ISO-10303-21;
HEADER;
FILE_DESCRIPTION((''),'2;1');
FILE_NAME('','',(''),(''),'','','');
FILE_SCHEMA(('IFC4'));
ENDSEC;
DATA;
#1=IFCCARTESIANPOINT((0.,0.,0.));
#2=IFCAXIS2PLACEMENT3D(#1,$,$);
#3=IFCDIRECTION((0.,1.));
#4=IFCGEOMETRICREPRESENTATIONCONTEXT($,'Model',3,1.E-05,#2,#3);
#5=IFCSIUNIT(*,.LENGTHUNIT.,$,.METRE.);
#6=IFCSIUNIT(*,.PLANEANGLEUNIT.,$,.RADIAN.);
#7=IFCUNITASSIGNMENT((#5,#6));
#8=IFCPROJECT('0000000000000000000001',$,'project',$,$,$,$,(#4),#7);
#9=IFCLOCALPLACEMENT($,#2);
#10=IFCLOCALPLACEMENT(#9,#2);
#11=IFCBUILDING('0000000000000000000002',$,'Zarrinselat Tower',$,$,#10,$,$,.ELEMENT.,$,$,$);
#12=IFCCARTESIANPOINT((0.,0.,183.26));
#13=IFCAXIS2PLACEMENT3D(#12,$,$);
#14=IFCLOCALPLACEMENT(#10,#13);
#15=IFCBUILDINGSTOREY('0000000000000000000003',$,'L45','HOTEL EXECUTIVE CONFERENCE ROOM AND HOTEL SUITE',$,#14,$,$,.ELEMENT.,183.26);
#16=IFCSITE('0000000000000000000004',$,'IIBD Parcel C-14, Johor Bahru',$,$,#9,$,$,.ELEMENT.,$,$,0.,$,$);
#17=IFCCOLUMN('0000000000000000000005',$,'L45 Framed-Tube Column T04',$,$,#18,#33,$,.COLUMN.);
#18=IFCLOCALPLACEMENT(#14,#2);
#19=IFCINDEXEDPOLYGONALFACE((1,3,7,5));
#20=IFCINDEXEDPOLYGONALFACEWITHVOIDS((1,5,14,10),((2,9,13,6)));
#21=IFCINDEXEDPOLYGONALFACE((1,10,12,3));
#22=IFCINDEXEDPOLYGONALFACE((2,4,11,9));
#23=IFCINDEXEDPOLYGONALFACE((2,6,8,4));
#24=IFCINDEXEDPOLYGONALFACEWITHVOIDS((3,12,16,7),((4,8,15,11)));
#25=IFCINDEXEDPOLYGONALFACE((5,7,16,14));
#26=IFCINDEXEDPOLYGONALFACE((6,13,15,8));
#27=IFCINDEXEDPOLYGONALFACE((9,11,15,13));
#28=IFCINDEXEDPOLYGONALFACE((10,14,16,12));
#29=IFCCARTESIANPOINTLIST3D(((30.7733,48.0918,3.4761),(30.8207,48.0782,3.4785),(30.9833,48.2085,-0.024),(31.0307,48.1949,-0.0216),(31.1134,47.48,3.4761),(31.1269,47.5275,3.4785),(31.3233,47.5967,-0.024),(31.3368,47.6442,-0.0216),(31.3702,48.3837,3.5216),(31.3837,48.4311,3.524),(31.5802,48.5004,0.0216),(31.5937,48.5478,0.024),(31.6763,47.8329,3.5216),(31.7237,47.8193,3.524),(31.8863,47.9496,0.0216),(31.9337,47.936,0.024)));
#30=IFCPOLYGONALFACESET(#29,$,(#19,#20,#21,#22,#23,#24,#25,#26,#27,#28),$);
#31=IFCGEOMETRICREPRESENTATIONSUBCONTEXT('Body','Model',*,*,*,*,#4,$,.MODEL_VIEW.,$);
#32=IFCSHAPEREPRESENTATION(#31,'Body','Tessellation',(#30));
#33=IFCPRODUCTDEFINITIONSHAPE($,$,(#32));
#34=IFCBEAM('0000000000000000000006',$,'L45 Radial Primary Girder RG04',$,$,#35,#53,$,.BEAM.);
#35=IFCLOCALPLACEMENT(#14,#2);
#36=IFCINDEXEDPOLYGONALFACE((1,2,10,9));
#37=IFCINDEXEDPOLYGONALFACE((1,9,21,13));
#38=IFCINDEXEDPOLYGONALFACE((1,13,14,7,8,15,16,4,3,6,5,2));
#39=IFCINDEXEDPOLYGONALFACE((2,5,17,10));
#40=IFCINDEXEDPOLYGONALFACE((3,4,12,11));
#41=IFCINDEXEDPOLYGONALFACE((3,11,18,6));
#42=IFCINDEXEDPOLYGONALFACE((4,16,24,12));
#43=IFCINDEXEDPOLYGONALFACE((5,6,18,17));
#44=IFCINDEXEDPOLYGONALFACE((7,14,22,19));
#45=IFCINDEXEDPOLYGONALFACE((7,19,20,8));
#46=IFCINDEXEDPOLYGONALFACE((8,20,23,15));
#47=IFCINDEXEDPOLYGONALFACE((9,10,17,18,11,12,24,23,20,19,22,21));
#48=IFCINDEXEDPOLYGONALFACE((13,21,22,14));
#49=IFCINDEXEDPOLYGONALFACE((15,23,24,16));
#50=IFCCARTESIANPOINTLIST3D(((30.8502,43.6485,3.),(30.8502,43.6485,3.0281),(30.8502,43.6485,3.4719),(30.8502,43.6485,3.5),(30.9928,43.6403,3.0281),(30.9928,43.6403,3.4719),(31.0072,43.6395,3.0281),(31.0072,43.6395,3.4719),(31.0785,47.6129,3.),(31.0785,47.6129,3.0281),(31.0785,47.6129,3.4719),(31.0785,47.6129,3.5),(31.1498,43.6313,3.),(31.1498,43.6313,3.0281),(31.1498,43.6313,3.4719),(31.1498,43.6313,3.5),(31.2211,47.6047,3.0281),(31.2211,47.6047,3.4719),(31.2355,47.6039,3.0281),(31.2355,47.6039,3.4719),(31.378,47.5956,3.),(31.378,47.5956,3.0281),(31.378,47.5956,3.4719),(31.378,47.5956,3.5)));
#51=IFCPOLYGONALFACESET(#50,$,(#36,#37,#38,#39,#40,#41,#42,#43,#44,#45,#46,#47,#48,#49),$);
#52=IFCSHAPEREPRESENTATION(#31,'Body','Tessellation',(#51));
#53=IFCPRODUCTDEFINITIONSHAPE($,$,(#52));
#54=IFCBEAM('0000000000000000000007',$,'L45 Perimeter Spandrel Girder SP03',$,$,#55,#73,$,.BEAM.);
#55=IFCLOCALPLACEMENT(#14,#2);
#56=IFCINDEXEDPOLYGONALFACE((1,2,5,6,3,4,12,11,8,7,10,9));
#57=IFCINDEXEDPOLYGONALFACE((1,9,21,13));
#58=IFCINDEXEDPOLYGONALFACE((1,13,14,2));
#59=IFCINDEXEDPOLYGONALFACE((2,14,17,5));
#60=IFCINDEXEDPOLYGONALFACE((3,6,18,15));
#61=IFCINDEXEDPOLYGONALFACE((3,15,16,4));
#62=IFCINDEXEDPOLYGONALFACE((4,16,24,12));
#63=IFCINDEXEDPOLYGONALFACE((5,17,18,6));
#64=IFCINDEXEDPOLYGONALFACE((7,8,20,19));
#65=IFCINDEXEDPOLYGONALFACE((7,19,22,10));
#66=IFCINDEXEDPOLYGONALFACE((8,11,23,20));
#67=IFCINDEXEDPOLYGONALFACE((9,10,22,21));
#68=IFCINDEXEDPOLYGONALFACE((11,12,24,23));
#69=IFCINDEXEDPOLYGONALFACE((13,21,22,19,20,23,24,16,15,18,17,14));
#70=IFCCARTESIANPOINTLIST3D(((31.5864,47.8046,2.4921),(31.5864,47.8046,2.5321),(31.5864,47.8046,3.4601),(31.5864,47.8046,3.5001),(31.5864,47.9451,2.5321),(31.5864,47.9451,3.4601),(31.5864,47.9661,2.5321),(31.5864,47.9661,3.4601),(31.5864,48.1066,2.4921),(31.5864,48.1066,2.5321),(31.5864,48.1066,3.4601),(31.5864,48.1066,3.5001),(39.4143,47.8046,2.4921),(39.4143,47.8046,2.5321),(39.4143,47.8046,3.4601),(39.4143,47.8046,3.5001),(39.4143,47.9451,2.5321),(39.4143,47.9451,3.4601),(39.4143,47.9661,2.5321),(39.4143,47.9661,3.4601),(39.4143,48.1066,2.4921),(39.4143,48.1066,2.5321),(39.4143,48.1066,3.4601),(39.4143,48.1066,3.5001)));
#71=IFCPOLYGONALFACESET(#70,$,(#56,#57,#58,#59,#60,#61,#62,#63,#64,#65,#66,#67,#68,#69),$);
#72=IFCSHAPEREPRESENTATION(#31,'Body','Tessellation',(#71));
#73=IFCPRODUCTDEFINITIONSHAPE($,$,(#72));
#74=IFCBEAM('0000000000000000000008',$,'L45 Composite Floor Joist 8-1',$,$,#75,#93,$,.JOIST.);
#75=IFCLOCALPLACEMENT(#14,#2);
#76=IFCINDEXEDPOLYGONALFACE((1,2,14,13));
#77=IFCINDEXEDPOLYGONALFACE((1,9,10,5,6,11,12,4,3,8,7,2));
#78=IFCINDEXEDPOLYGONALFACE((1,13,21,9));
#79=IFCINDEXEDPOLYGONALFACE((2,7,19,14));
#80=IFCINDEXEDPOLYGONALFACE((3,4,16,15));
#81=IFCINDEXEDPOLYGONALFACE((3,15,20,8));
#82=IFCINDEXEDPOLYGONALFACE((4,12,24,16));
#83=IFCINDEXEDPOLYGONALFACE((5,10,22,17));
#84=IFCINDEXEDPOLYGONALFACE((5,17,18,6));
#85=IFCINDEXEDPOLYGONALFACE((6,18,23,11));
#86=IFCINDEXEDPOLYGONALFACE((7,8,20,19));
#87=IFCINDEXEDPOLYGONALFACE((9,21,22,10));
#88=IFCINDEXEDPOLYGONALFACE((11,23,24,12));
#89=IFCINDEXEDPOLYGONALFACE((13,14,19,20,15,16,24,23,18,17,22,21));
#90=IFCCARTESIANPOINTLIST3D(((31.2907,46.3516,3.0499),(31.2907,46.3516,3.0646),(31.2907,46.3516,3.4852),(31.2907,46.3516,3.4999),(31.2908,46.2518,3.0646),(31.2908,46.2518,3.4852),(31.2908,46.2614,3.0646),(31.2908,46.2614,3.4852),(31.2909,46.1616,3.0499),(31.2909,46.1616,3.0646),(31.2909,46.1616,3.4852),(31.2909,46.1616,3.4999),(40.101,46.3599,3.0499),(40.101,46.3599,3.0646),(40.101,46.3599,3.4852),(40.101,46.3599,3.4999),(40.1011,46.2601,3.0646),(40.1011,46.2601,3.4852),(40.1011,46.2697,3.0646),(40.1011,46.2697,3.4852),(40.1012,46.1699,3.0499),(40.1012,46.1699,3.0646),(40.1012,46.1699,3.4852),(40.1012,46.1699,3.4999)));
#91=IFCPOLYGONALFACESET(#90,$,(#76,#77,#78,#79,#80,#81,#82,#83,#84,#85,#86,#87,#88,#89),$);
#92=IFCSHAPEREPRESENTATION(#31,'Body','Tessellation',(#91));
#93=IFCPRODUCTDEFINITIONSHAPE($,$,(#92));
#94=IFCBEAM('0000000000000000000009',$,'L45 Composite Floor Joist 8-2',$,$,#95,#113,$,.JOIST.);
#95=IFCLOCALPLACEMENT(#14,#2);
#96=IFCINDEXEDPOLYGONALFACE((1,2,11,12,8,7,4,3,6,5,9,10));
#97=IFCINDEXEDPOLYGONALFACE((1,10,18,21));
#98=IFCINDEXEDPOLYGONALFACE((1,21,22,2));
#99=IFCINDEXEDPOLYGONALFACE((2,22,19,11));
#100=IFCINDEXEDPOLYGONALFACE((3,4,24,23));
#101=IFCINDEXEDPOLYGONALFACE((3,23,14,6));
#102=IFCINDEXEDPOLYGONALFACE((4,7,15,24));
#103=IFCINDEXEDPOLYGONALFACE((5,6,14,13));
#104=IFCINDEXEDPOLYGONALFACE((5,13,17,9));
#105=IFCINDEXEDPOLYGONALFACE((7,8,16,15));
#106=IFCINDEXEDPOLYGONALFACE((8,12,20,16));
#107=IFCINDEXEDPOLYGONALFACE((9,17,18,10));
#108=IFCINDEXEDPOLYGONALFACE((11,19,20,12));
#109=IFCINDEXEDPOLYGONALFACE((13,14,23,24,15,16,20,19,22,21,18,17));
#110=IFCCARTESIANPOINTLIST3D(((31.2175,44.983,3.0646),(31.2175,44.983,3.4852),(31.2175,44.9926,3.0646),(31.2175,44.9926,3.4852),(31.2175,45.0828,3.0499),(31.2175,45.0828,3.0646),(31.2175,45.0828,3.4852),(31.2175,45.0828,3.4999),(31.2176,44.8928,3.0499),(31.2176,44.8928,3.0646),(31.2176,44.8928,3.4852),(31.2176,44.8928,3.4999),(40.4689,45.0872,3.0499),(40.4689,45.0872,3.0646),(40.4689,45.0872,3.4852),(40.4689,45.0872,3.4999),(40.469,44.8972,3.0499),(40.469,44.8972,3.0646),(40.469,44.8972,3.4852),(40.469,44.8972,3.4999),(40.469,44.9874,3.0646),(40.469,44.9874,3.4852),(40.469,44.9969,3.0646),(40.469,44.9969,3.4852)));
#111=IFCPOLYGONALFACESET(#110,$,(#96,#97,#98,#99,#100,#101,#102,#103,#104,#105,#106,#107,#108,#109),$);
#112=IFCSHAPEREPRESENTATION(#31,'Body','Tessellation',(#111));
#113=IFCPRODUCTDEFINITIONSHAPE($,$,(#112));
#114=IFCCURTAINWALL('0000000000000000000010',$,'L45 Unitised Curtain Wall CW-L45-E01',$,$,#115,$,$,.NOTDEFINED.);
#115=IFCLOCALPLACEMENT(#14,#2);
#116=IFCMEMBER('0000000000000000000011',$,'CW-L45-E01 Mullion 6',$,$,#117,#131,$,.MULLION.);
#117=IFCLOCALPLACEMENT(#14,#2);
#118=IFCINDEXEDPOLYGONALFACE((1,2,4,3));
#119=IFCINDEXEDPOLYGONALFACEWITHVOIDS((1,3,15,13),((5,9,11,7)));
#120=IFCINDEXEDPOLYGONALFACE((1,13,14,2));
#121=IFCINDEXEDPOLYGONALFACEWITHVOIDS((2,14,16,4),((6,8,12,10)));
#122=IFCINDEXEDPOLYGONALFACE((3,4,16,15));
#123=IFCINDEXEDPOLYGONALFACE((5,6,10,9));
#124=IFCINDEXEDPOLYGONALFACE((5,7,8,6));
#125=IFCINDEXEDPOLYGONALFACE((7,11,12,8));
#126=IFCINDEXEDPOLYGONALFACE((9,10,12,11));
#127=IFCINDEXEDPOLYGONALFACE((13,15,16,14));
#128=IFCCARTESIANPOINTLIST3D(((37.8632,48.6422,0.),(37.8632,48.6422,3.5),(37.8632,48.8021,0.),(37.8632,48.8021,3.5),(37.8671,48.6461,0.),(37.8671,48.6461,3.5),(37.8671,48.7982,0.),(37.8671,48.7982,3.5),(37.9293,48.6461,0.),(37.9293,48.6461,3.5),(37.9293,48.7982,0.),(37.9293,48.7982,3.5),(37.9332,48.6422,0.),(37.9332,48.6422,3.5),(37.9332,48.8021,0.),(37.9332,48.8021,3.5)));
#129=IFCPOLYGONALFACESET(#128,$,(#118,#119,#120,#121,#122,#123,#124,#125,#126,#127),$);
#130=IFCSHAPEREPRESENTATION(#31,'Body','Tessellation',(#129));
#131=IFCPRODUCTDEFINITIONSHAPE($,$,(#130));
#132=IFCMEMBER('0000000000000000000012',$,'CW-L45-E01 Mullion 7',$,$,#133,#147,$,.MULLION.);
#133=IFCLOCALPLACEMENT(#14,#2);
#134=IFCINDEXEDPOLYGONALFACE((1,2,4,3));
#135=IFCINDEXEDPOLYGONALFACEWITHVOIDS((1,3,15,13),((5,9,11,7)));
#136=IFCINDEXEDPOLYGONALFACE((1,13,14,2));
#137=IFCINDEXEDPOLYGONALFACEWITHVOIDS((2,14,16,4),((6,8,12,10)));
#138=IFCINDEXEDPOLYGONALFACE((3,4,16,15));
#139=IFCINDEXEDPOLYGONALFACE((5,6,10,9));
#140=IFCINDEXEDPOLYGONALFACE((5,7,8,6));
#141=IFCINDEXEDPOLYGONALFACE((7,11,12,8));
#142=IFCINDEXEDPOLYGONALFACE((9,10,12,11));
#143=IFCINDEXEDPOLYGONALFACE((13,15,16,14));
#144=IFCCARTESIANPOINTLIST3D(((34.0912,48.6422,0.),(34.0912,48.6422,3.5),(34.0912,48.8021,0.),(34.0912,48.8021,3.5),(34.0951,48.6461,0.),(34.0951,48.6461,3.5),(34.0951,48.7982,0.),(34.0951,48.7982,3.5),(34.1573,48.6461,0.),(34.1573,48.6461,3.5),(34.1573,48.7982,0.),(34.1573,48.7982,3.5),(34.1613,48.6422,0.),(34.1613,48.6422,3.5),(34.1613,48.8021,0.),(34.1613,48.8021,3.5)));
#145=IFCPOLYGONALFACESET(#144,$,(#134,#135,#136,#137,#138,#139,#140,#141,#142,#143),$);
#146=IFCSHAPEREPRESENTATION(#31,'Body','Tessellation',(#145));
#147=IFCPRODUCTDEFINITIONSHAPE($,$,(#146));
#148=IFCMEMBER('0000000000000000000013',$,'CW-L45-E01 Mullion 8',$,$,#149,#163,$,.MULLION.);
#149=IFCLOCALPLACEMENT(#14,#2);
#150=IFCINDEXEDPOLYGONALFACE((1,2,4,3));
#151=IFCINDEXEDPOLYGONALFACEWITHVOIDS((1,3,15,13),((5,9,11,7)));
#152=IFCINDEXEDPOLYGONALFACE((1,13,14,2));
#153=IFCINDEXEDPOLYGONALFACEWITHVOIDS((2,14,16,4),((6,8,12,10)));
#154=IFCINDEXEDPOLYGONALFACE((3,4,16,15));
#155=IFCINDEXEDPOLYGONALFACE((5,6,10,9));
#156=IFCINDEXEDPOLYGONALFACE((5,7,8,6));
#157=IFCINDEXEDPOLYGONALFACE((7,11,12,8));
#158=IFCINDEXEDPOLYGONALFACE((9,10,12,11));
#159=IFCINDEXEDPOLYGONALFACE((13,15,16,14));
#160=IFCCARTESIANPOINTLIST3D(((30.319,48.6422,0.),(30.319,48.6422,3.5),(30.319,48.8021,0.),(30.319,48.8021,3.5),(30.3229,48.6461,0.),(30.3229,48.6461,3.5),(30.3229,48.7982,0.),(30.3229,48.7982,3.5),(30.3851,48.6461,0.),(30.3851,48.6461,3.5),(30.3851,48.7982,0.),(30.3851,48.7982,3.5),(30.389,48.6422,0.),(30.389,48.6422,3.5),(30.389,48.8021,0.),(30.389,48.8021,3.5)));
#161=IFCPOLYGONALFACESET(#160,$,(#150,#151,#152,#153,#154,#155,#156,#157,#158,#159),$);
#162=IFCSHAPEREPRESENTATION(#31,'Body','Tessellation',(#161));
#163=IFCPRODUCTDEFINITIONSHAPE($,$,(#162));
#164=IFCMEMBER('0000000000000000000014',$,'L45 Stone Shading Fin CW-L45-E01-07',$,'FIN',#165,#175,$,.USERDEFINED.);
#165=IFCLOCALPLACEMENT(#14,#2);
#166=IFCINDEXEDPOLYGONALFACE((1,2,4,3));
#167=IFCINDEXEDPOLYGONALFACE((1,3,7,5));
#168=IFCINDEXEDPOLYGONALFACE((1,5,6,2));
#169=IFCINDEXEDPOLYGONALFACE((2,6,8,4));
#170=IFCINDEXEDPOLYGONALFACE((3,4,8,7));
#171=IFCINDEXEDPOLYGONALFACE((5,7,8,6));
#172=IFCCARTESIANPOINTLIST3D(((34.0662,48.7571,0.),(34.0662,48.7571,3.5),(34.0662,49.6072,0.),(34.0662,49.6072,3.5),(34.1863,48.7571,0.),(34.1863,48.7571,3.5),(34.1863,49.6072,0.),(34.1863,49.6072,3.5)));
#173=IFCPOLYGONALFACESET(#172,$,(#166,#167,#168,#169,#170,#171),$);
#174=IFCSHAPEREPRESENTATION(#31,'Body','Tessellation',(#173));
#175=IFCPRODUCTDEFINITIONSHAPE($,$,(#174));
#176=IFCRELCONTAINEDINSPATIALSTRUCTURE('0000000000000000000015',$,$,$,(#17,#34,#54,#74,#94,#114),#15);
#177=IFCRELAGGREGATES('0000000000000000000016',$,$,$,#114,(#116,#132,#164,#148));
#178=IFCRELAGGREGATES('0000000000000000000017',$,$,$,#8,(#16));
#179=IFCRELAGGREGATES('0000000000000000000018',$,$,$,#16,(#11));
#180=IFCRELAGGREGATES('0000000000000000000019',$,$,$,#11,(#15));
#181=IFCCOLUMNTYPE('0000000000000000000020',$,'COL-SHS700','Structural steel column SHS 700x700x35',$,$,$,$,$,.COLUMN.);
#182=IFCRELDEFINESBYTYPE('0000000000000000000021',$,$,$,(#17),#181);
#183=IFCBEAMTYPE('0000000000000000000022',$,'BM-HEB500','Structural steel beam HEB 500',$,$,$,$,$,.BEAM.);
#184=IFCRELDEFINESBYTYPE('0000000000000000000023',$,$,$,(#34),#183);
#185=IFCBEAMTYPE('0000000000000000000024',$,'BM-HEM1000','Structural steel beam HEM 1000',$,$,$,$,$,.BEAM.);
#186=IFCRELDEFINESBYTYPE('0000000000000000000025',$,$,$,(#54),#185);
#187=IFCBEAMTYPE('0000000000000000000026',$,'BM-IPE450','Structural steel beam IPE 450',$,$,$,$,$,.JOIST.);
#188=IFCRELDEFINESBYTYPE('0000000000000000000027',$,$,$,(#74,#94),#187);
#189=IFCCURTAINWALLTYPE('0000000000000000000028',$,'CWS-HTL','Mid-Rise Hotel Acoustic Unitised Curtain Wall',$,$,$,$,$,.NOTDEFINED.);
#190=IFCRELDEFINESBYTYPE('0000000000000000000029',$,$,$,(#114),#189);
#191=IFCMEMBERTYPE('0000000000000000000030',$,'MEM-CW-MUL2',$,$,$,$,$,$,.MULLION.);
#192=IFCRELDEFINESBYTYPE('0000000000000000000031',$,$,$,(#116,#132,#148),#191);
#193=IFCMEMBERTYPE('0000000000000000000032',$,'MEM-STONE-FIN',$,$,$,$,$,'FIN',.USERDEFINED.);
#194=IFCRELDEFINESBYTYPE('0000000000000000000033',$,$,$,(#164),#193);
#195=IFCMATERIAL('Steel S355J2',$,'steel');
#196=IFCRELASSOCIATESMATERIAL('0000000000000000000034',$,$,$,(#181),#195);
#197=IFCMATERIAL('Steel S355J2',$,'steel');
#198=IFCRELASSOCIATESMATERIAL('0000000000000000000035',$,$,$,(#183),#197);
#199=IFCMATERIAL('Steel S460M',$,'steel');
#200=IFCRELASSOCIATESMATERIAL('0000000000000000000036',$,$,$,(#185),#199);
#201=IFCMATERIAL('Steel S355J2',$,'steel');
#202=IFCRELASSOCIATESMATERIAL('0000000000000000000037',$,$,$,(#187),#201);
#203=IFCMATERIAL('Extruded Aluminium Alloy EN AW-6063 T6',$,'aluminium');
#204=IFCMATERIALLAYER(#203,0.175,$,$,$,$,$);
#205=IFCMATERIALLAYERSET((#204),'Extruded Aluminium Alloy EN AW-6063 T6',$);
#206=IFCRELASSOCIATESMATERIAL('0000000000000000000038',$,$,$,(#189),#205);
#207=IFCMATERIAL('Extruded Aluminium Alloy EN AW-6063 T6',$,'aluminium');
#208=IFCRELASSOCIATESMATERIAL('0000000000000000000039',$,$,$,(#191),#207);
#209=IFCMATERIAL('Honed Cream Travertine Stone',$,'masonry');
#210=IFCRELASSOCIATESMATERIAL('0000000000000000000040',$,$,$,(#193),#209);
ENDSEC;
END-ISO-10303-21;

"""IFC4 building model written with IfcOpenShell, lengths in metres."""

from ifc_helpers import new_model, si_unit, direction, frame, origin, origin_2d, place, context, subcontext, project, spatial, rectangle, hollow_rectangle, i_section, extrude, material, layer, layer_set, material_profile, profile_set, type_object, element, aggregate, save


model = new_model("IFC4")

# Units and contexts
model_context = context("Model", 3, precision=1e-05, world=origin(), true_north=direction((0.0, 1.0)))
body_context = subcontext(model_context, "Body", "Model", "MODEL_VIEW")
ifc_project = project(units=[si_unit("LENGTHUNIT", "METRE"), si_unit("PLANEANGLEUNIT", "RADIAN")], contexts=[model_context])

# Site, building, storey
site_placement = place(None, origin())
site = spatial("IfcSite", under=ifc_project, at=site_placement, Name="IIBD Parcel C-14, Johor Bahru", CompositionType="ELEMENT", RefElevation=0.0)
building_placement = place(site_placement, origin())
building = spatial("IfcBuilding", under=site, at=building_placement, Name="Zarrinselat Tower", CompositionType="ELEMENT")
storey_placement = place(building_placement, frame((0.0, 0.0, 183.26)))
storey = spatial("IfcBuildingStorey", under=building, at=storey_placement, Name="L45", Description="HOTEL EXECUTIVE CONFERENCE ROOM AND HOTEL SUITE", CompositionType="ELEMENT", Elevation=183.26)

# Column
ifc_material_1 = material(Name="Steel S355J2", Category="steel")
ifc_material_profile_1 = material_profile(ifc_material_1, hollow_rectangle(XDim=0.7, YDim=0.7, WallThickness=0.0349, at=origin_2d()), Name="SHS 700x700x35")
ifc_profile_set_1 = profile_set([ifc_material_profile_1], Name="Steel S355J2")
column_type = type_object("IfcColumnType", Name="COL-SHS700", Description="Structural steel column SHS 700x700x35", PredefinedType="COLUMN", material=ifc_profile_set_1)
column_placement = place(storey_placement, frame((31.4585, 48.0723, 0.0), z_axis=(-0.059848, -0.033264, 0.997653), x_axis=(0.485816, -0.874061, 0.0)))
element("IfcColumn", 1, at=column_placement, inside=storey, type_object=column_type, Name="L45 Framed-Tube Column T04", PredefinedType="COLUMN", context=body_context, shape_type="SweptSolid", body=[
    extrude(hollow_rectangle(XDim=0.7, YDim=0.7, WallThickness=0.0349, at=origin_2d()), origin(), (0.0, 0.0, 1.0), 3.5083),
])

# Beams
ifc_material_2 = material(Name="Steel S355J2", Category="steel")
ifc_material_profile_2 = material_profile(ifc_material_2, i_section(OverallWidth=0.3, OverallDepth=0.5, WebThickness=0.0144, FlangeThickness=0.0281, at=origin_2d()), Name="HEB 500")
ifc_profile_set_2 = profile_set([ifc_material_profile_2], Name="Steel S355J2")
beam_type_1 = type_object("IfcBeamType", Name="BM-HEB500", Description="Structural steel beam HEB 500", PredefinedType="BEAM", material=ifc_profile_set_2)
beam_1_placement = place(storey_placement, frame((31.0, 43.6399, 3.25), z_axis=(0.057486, 0.998346, 0.0), x_axis=(-0.998346, 0.057486, 0.0)))
element("IfcBeam", 2, at=beam_1_placement, inside=storey, type_object=beam_type_1, Name="L45 Radial Primary Girder RG04", PredefinedType="BEAM", context=body_context, shape_type="SweptSolid", body=[
    extrude(i_section(OverallWidth=0.3, OverallDepth=0.5, WebThickness=0.0144, FlangeThickness=0.0281, at=origin_2d()), origin(), (0.0, 0.0, 1.0), 3.9709),
])
ifc_material_3 = material(Name="Steel S460M", Category="steel")
ifc_material_profile_3 = material_profile(ifc_material_3, i_section(OverallWidth=0.302, OverallDepth=1.0081, WebThickness=0.021, FlangeThickness=0.04, at=origin_2d()), Name="HEM 1000")
ifc_profile_set_3 = profile_set([ifc_material_profile_3], Name="Steel S460M")
beam_type_2 = type_object("IfcBeamType", Name="BM-HEM1000", Description="Structural steel beam HEM 1000", PredefinedType="BEAM", material=ifc_profile_set_3)
beam_2_placement = place(storey_placement, frame((31.5864, 47.9556, 2.9961), z_axis=(1.0, 0.0, 0.0), x_axis=(0.0, 1.0, 0.0)))
element("IfcBeam", 3, at=beam_2_placement, inside=storey, type_object=beam_type_2, Name="L45 Perimeter Spandrel Girder SP03", PredefinedType="BEAM", context=body_context, shape_type="SweptSolid", body=[
    extrude(i_section(OverallWidth=0.302, OverallDepth=1.0081, WebThickness=0.021, FlangeThickness=0.04, at=origin_2d()), origin(), (0.0, 0.0, 1.0), 7.8279),
])
ifc_material_4 = material(Name="Steel S355J2", Category="steel")
ifc_material_profile_4 = material_profile(ifc_material_4, i_section(OverallWidth=0.1899, OverallDepth=0.45, WebThickness=0.0095, FlangeThickness=0.0146, at=origin_2d()), Name="IPE 450")
ifc_profile_set_4 = profile_set([ifc_material_profile_4], Name="Steel S355J2")
beam_type_3 = type_object("IfcBeamType", Name="BM-IPE450", Description="Structural steel beam IPE 450", PredefinedType="JOIST", material=ifc_profile_set_4)
beam_3_placement = place(storey_placement, frame((31.2908, 46.2566, 3.2749), z_axis=(1.0, 0.000942, 0.0), x_axis=(-0.000942, 1.0, 0.0)))
element("IfcBeam", 4, at=beam_3_placement, inside=storey, type_object=beam_type_3, Name="L45 Composite Floor Joist 8-1", PredefinedType="JOIST", context=body_context, shape_type="SweptSolid", body=[
    extrude(i_section(OverallWidth=0.1899, OverallDepth=0.45, WebThickness=0.0095, FlangeThickness=0.0146, at=origin_2d()), origin(), (0.0, 0.0, 1.0), 8.8103),
])
beam_4_placement = place(storey_placement, frame((31.2175, 44.9878, 3.2749), z_axis=(1.0, 0.000475, 0.0), x_axis=(-0.000475, 1.0, 0.0)))
element("IfcBeam", 5, at=beam_4_placement, inside=storey, type_object=beam_type_3, Name="L45 Composite Floor Joist 8-2", PredefinedType="JOIST", context=body_context, shape_type="SweptSolid", body=[
    extrude(i_section(OverallWidth=0.1899, OverallDepth=0.45, WebThickness=0.0095, FlangeThickness=0.0146, at=origin_2d()), origin(), (0.0, 0.0, 1.0), 9.2515),
])

# Curtain wall, members
ifc_material_5 = material(Name="Extruded Aluminium Alloy EN AW-6063 T6", Category="aluminium")
ifc_layer_1 = layer(ifc_material_5, 0.175)
ifc_layer_set_1 = layer_set([ifc_layer_1], Name="Extruded Aluminium Alloy EN AW-6063 T6")
curtain_wall_type = type_object("IfcCurtainWallType", Name="CWS-HTL", Description="Mid-Rise Hotel Acoustic Unitised Curtain Wall", PredefinedType="NOTDEFINED", material=ifc_layer_set_1)
curtain_wall_placement = place(storey_placement, origin())
curtain_wall = element("IfcCurtainWall", 6, at=curtain_wall_placement, inside=storey, type_object=curtain_wall_type, Name="L45 Unitised Curtain Wall CW-L45-E01", PredefinedType="NOTDEFINED")
ifc_material_6 = material(Name="Extruded Aluminium Alloy EN AW-6063 T6", Category="aluminium")
ifc_material_profile_5 = material_profile(ifc_material_6, hollow_rectangle(XDim=0.0701, YDim=0.1599, WallThickness=0.0039, at=origin_2d()), Name="RHS 160x70x4")
ifc_profile_set_5 = profile_set([ifc_material_profile_5], Name="Extruded Aluminium Alloy EN AW-6063 T6")
member_type_1 = type_object("IfcMemberType", Name="MEM-CW-MUL2", PredefinedType="MULLION", material=ifc_profile_set_5)
member_1_placement = place(storey_placement, frame((37.8982, 48.7222, 0.0), z_axis=(0.0, 0.0, 1.0), x_axis=(-1.0, 0.0, 0.0)))
member_1 = element("IfcMember", 7, at=member_1_placement, type_object=member_type_1, Name="CW-L45-E01 Mullion 6", PredefinedType="MULLION", context=body_context, shape_type="SweptSolid", body=[
    extrude(hollow_rectangle(XDim=0.0701, YDim=0.1599, WallThickness=0.0039, at=origin_2d()), origin(), (0.0, 0.0, 1.0), 3.5),
])
member_2_placement = place(storey_placement, frame((34.1262, 48.7222, 0.0), z_axis=(0.0, 0.0, 1.0), x_axis=(-1.0, 0.0, 0.0)))
member_2 = element("IfcMember", 8, at=member_2_placement, type_object=member_type_1, Name="CW-L45-E01 Mullion 7", PredefinedType="MULLION", context=body_context, shape_type="SweptSolid", body=[
    extrude(hollow_rectangle(XDim=0.0701, YDim=0.1599, WallThickness=0.0039, at=origin_2d()), origin(), (0.0, 0.0, 1.0), 3.5),
])
member_3_placement = place(storey_placement, frame((30.354, 48.7222, 0.0), z_axis=(0.0, 0.0, 1.0), x_axis=(-1.0, 0.0, 0.0)))
member_3 = element("IfcMember", 9, at=member_3_placement, type_object=member_type_1, Name="CW-L45-E01 Mullion 8", PredefinedType="MULLION", context=body_context, shape_type="SweptSolid", body=[
    extrude(hollow_rectangle(XDim=0.0701, YDim=0.1599, WallThickness=0.0039, at=origin_2d()), origin(), (0.0, 0.0, 1.0), 3.5),
])
ifc_material_7 = material(Name="Honed Cream Travertine Stone", Category="masonry")
ifc_material_profile_6 = material_profile(ifc_material_7, rectangle(XDim=0.1201, YDim=0.8501, at=origin_2d()), Name="FIN 850x120")
ifc_profile_set_6 = profile_set([ifc_material_profile_6], Name="Honed Cream Travertine Stone")
member_type_2 = type_object("IfcMemberType", Name="MEM-STONE-FIN", ElementType="FIN", PredefinedType="USERDEFINED", material=ifc_profile_set_6)
member_4_placement = place(storey_placement, frame((34.1262, 49.1821, 0.0), z_axis=(0.0, 0.0, 1.0), x_axis=(1.0, 0.0, 0.0)))
member_4 = element("IfcMember", 10, at=member_4_placement, type_object=member_type_2, Name="L45 Stone Shading Fin CW-L45-E01-07", ObjectType="FIN", PredefinedType="USERDEFINED", context=body_context, shape_type="SweptSolid", body=[
    extrude(rectangle(XDim=0.1201, YDim=0.8501, at=origin_2d()), origin(), (0.0, 0.0, 1.0), 3.5),
])
aggregate(curtain_wall, [member_1, member_2, member_4, member_3])

save(model, "model.ifc")
